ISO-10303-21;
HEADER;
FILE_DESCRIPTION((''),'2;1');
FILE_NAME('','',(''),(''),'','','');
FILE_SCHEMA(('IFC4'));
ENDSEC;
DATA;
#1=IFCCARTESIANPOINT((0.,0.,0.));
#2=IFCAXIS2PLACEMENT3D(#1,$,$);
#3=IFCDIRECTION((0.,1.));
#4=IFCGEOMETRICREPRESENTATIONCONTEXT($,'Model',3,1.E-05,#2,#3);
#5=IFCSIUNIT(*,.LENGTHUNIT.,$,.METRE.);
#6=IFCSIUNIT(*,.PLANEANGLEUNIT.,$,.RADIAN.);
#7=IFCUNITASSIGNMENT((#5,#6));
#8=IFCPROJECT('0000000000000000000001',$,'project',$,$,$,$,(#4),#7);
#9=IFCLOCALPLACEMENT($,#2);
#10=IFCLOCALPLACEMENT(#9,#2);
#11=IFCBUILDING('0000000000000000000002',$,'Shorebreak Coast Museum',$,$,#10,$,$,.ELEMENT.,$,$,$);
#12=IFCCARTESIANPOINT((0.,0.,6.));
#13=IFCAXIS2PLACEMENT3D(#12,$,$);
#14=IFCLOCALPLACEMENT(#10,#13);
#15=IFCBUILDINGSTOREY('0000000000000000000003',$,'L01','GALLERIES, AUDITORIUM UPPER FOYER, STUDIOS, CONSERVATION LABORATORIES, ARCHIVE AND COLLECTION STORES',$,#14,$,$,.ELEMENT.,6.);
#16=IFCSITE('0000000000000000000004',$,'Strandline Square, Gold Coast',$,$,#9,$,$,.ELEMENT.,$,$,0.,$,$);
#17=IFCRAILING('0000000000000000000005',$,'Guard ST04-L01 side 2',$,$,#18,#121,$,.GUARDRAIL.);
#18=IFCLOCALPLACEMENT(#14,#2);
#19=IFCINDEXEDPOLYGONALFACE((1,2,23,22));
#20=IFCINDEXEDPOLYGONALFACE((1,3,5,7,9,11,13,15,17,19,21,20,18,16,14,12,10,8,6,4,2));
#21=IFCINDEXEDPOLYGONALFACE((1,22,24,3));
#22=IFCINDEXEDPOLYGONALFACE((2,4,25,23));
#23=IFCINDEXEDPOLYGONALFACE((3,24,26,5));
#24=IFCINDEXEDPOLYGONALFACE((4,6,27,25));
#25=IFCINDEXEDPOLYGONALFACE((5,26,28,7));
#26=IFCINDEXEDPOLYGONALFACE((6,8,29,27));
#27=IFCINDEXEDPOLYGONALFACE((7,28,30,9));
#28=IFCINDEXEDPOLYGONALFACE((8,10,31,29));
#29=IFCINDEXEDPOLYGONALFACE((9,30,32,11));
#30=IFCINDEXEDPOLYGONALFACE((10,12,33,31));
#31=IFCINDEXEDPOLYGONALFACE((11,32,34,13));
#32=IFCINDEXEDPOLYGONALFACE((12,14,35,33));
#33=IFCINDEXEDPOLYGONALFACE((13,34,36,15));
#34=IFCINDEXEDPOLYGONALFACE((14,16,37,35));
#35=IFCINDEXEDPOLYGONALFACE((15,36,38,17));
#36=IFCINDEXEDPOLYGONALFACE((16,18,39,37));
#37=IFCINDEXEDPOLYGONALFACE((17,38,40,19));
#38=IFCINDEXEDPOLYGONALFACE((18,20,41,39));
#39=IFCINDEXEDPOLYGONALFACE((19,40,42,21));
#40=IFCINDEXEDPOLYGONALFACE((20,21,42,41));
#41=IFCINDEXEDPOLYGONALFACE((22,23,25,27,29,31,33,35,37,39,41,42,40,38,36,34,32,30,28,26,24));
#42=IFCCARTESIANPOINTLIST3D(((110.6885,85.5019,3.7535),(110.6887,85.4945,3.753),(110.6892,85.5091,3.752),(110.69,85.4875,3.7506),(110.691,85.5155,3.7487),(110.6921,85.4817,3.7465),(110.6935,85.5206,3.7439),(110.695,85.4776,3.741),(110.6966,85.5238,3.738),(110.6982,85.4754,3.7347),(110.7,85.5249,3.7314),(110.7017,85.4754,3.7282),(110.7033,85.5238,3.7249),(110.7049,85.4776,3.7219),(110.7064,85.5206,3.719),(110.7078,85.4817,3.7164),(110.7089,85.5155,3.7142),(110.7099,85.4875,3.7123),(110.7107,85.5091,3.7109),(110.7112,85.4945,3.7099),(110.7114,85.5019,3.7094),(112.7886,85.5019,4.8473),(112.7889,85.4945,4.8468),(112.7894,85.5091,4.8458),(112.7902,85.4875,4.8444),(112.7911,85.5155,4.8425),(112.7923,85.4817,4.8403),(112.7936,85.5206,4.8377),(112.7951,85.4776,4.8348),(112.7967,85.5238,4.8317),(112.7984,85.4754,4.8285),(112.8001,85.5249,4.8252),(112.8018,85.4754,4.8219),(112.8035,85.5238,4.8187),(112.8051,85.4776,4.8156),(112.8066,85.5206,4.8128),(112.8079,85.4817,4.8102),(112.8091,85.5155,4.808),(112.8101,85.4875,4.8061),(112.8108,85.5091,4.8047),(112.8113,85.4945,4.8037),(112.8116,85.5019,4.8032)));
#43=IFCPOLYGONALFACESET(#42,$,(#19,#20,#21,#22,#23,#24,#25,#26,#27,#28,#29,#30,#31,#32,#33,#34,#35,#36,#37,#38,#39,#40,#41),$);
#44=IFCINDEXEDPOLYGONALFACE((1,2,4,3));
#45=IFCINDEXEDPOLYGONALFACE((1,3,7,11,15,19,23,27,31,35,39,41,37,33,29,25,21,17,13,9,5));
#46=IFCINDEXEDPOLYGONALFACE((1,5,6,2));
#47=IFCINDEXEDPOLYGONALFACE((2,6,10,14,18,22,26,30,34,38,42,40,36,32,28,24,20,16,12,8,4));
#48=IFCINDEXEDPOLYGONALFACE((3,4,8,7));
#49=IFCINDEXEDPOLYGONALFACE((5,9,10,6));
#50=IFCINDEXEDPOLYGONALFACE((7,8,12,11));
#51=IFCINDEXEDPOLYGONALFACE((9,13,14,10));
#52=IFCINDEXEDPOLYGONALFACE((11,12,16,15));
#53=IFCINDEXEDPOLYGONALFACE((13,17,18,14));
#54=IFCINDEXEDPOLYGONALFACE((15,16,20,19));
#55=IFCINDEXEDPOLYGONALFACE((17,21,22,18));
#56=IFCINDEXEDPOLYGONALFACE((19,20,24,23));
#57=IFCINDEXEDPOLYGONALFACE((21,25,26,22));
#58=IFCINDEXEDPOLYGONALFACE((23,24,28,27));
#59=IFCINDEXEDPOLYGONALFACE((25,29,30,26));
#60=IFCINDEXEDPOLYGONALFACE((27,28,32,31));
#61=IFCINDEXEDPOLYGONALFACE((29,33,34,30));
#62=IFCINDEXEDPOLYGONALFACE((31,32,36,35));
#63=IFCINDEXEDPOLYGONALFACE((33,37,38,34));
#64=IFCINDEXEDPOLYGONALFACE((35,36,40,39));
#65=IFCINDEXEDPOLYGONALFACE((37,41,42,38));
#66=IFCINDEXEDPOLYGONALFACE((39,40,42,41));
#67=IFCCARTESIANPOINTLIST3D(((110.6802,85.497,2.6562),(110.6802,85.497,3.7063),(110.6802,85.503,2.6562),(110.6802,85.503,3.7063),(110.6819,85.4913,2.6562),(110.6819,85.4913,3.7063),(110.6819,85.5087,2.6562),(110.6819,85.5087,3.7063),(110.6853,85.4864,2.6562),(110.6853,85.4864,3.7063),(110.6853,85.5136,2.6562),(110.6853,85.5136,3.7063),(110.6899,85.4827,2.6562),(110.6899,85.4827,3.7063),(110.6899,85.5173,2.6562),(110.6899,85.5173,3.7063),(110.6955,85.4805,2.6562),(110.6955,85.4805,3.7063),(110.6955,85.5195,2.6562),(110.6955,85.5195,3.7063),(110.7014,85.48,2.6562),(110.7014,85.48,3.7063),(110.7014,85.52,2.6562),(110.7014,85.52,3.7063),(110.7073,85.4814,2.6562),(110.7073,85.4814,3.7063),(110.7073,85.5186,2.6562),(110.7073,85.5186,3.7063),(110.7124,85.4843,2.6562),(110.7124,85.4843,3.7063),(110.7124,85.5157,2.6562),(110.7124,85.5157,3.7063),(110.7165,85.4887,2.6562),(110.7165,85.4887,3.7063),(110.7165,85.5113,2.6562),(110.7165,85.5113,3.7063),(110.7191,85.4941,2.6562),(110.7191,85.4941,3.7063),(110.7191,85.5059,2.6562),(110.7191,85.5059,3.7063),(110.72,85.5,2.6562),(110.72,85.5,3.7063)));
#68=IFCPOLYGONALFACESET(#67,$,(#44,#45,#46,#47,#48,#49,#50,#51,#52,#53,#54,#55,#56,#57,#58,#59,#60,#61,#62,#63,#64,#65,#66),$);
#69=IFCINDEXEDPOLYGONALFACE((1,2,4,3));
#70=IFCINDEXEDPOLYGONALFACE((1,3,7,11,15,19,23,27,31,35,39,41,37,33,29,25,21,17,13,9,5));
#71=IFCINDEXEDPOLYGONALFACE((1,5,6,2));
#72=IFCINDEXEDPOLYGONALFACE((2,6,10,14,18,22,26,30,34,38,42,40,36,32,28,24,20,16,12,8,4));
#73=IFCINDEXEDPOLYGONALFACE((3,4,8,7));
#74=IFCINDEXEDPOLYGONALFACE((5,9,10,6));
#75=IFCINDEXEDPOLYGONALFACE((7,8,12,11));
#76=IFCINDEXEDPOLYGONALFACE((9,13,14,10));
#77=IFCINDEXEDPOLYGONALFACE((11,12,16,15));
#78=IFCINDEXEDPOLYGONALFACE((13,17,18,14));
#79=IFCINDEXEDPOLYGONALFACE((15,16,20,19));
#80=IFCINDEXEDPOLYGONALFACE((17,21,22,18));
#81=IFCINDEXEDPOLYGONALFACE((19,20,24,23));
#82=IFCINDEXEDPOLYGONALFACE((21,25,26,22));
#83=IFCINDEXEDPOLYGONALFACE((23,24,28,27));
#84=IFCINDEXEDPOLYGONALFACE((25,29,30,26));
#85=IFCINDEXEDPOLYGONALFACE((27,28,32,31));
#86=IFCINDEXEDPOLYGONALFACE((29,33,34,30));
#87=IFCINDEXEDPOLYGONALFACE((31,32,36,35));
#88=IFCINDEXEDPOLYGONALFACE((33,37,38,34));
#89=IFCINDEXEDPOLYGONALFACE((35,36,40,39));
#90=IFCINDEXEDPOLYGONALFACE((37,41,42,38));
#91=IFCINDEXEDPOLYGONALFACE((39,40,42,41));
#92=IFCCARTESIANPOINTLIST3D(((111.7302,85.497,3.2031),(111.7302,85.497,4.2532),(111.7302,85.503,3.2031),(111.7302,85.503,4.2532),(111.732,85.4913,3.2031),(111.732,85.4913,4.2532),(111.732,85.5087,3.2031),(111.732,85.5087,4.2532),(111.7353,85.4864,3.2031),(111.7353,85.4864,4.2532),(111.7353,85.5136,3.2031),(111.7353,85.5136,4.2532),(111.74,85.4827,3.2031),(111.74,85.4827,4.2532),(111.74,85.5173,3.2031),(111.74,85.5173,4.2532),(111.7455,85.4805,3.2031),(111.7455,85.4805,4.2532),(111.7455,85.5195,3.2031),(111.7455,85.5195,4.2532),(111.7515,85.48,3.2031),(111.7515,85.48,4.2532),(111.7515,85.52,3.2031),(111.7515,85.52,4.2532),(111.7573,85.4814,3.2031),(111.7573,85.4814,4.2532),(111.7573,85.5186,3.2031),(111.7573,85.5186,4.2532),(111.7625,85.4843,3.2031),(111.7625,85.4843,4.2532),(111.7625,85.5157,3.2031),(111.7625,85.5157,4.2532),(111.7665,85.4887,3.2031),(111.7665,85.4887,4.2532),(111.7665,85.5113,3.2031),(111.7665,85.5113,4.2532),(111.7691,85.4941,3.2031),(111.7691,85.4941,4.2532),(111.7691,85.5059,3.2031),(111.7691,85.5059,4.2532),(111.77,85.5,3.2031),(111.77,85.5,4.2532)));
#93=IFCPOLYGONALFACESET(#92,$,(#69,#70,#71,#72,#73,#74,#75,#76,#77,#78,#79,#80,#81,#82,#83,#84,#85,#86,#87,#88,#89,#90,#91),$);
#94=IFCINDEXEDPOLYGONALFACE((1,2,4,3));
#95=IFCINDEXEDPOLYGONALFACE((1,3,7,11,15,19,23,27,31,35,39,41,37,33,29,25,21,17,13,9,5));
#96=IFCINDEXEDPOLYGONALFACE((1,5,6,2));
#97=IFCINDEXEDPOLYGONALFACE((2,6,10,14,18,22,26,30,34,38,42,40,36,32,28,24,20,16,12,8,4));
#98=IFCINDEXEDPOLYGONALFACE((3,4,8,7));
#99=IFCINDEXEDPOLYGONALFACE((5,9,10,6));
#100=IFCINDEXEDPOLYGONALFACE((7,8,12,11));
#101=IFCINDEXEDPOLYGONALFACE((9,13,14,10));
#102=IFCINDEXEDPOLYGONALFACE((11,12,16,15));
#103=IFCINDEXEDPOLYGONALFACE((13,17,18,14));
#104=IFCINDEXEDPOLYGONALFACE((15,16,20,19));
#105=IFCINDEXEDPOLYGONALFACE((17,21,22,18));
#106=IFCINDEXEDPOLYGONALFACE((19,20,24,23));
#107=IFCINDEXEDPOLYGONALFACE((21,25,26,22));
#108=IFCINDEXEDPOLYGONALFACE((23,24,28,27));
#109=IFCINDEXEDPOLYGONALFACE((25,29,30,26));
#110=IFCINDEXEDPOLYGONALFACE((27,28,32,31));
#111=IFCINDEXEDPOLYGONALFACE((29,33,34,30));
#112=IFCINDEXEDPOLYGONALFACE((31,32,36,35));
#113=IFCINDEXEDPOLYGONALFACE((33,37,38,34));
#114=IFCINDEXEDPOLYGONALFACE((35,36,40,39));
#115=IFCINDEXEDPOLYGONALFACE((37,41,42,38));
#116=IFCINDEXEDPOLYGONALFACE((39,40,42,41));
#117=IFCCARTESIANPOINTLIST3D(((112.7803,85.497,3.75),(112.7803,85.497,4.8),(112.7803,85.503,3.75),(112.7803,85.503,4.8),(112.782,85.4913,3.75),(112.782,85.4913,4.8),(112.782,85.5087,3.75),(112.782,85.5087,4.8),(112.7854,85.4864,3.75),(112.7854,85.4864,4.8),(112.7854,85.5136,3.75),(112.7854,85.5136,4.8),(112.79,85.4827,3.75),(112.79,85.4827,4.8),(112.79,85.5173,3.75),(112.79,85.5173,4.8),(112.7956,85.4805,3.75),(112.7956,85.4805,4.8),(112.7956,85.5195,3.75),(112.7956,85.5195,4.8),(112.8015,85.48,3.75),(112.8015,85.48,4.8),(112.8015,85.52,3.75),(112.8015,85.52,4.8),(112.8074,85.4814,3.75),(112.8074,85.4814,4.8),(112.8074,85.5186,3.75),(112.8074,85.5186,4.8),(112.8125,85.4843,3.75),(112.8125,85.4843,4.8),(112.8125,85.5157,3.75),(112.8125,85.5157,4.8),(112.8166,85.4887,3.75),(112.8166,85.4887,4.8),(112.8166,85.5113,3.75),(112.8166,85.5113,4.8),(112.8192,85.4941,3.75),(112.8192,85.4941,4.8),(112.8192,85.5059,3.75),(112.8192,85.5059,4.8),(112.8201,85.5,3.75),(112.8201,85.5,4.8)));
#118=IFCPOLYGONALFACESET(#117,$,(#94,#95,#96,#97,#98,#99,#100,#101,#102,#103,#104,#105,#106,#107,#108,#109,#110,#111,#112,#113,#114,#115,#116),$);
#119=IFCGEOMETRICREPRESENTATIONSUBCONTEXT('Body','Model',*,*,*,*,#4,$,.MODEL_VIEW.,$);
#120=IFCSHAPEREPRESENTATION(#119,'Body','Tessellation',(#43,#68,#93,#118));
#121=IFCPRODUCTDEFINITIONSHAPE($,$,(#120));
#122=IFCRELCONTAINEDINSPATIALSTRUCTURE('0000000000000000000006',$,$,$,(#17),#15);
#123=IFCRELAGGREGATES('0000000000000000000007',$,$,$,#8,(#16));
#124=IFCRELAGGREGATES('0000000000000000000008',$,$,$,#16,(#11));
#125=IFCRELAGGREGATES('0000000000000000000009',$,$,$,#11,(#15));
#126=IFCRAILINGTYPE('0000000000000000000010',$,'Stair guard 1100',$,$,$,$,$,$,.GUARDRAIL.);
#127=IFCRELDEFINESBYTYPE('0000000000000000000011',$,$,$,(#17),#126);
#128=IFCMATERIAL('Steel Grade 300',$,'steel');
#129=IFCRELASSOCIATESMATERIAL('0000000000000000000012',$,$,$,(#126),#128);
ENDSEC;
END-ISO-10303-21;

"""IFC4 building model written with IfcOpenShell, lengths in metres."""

from ifc_helpers import new_model, si_unit, direction, frame, origin, origin_2d, place, context, subcontext, project, spatial, circle, extrude, material, type_object, element, save


model = new_model("IFC4")

# Units and contexts
model_context = context("Model", 3, precision=1e-05, world=origin(), true_north=direction((0.0, 1.0)))
body_context = subcontext(model_context, "Body", "Model", "MODEL_VIEW")
ifc_project = project(units=[si_unit("LENGTHUNIT", "METRE"), si_unit("PLANEANGLEUNIT", "RADIAN")], contexts=[model_context])

# Site, building, storey
site_placement = place(None, origin())
site = spatial("IfcSite", under=ifc_project, at=site_placement, Name="Strandline Square, Gold Coast", CompositionType="ELEMENT", RefElevation=0.0)
building_placement = place(site_placement, origin())
building = spatial("IfcBuilding", under=site, at=building_placement, Name="Shorebreak Coast Museum", CompositionType="ELEMENT")
storey_placement = place(building_placement, frame((0.0, 0.0, 6.0)))
storey = spatial("IfcBuildingStorey", under=building, at=storey_placement, Name="L01", Description="GALLERIES, AUDITORIUM UPPER FOYER, STUDIOS, CONSERVATION LABORATORIES, ARCHIVE AND COLLECTION STORES", CompositionType="ELEMENT", Elevation=6.0)

# Railing
ifc_material_1 = material(Name="Steel Grade 300", Category="steel")
railing_type_1 = type_object("IfcRailingType", Name="Stair guard 1100", PredefinedType="GUARDRAIL", material=ifc_material_1)
railing_placement = place(storey_placement, frame((110.7, 85.5, 2.6562)))
element("IfcRailing", 1, at=railing_placement, inside=storey, type_object=railing_type_1, Name="Guard ST04-L01 side 2", PredefinedType="GUARDRAIL", context=body_context, shape_type="SweptSolid", body=[
    extrude(circle(Radius=0.0249, at=origin_2d()), frame((0.0, 0.0, 1.0752), z_axis=(0.886923, 0.0, 0.461918), x_axis=(0.0, 1.0, 0.0)), (0.0, 0.0, 1.0), 2.3679),
    extrude(circle(Radius=0.02, at=origin_2d()), origin(), (0.0, 0.0, 1.0), 1.05),
    extrude(circle(Radius=0.02, at=origin_2d()), frame((1.05, 0.0, 0.5469)), (0.0, 0.0, 1.0), 1.05),
    extrude(circle(Radius=0.02, at=origin_2d()), frame((2.1001, 0.0, 1.0938)), (0.0, 0.0, 1.0), 1.05),
])

save(model, "model.ifc")
